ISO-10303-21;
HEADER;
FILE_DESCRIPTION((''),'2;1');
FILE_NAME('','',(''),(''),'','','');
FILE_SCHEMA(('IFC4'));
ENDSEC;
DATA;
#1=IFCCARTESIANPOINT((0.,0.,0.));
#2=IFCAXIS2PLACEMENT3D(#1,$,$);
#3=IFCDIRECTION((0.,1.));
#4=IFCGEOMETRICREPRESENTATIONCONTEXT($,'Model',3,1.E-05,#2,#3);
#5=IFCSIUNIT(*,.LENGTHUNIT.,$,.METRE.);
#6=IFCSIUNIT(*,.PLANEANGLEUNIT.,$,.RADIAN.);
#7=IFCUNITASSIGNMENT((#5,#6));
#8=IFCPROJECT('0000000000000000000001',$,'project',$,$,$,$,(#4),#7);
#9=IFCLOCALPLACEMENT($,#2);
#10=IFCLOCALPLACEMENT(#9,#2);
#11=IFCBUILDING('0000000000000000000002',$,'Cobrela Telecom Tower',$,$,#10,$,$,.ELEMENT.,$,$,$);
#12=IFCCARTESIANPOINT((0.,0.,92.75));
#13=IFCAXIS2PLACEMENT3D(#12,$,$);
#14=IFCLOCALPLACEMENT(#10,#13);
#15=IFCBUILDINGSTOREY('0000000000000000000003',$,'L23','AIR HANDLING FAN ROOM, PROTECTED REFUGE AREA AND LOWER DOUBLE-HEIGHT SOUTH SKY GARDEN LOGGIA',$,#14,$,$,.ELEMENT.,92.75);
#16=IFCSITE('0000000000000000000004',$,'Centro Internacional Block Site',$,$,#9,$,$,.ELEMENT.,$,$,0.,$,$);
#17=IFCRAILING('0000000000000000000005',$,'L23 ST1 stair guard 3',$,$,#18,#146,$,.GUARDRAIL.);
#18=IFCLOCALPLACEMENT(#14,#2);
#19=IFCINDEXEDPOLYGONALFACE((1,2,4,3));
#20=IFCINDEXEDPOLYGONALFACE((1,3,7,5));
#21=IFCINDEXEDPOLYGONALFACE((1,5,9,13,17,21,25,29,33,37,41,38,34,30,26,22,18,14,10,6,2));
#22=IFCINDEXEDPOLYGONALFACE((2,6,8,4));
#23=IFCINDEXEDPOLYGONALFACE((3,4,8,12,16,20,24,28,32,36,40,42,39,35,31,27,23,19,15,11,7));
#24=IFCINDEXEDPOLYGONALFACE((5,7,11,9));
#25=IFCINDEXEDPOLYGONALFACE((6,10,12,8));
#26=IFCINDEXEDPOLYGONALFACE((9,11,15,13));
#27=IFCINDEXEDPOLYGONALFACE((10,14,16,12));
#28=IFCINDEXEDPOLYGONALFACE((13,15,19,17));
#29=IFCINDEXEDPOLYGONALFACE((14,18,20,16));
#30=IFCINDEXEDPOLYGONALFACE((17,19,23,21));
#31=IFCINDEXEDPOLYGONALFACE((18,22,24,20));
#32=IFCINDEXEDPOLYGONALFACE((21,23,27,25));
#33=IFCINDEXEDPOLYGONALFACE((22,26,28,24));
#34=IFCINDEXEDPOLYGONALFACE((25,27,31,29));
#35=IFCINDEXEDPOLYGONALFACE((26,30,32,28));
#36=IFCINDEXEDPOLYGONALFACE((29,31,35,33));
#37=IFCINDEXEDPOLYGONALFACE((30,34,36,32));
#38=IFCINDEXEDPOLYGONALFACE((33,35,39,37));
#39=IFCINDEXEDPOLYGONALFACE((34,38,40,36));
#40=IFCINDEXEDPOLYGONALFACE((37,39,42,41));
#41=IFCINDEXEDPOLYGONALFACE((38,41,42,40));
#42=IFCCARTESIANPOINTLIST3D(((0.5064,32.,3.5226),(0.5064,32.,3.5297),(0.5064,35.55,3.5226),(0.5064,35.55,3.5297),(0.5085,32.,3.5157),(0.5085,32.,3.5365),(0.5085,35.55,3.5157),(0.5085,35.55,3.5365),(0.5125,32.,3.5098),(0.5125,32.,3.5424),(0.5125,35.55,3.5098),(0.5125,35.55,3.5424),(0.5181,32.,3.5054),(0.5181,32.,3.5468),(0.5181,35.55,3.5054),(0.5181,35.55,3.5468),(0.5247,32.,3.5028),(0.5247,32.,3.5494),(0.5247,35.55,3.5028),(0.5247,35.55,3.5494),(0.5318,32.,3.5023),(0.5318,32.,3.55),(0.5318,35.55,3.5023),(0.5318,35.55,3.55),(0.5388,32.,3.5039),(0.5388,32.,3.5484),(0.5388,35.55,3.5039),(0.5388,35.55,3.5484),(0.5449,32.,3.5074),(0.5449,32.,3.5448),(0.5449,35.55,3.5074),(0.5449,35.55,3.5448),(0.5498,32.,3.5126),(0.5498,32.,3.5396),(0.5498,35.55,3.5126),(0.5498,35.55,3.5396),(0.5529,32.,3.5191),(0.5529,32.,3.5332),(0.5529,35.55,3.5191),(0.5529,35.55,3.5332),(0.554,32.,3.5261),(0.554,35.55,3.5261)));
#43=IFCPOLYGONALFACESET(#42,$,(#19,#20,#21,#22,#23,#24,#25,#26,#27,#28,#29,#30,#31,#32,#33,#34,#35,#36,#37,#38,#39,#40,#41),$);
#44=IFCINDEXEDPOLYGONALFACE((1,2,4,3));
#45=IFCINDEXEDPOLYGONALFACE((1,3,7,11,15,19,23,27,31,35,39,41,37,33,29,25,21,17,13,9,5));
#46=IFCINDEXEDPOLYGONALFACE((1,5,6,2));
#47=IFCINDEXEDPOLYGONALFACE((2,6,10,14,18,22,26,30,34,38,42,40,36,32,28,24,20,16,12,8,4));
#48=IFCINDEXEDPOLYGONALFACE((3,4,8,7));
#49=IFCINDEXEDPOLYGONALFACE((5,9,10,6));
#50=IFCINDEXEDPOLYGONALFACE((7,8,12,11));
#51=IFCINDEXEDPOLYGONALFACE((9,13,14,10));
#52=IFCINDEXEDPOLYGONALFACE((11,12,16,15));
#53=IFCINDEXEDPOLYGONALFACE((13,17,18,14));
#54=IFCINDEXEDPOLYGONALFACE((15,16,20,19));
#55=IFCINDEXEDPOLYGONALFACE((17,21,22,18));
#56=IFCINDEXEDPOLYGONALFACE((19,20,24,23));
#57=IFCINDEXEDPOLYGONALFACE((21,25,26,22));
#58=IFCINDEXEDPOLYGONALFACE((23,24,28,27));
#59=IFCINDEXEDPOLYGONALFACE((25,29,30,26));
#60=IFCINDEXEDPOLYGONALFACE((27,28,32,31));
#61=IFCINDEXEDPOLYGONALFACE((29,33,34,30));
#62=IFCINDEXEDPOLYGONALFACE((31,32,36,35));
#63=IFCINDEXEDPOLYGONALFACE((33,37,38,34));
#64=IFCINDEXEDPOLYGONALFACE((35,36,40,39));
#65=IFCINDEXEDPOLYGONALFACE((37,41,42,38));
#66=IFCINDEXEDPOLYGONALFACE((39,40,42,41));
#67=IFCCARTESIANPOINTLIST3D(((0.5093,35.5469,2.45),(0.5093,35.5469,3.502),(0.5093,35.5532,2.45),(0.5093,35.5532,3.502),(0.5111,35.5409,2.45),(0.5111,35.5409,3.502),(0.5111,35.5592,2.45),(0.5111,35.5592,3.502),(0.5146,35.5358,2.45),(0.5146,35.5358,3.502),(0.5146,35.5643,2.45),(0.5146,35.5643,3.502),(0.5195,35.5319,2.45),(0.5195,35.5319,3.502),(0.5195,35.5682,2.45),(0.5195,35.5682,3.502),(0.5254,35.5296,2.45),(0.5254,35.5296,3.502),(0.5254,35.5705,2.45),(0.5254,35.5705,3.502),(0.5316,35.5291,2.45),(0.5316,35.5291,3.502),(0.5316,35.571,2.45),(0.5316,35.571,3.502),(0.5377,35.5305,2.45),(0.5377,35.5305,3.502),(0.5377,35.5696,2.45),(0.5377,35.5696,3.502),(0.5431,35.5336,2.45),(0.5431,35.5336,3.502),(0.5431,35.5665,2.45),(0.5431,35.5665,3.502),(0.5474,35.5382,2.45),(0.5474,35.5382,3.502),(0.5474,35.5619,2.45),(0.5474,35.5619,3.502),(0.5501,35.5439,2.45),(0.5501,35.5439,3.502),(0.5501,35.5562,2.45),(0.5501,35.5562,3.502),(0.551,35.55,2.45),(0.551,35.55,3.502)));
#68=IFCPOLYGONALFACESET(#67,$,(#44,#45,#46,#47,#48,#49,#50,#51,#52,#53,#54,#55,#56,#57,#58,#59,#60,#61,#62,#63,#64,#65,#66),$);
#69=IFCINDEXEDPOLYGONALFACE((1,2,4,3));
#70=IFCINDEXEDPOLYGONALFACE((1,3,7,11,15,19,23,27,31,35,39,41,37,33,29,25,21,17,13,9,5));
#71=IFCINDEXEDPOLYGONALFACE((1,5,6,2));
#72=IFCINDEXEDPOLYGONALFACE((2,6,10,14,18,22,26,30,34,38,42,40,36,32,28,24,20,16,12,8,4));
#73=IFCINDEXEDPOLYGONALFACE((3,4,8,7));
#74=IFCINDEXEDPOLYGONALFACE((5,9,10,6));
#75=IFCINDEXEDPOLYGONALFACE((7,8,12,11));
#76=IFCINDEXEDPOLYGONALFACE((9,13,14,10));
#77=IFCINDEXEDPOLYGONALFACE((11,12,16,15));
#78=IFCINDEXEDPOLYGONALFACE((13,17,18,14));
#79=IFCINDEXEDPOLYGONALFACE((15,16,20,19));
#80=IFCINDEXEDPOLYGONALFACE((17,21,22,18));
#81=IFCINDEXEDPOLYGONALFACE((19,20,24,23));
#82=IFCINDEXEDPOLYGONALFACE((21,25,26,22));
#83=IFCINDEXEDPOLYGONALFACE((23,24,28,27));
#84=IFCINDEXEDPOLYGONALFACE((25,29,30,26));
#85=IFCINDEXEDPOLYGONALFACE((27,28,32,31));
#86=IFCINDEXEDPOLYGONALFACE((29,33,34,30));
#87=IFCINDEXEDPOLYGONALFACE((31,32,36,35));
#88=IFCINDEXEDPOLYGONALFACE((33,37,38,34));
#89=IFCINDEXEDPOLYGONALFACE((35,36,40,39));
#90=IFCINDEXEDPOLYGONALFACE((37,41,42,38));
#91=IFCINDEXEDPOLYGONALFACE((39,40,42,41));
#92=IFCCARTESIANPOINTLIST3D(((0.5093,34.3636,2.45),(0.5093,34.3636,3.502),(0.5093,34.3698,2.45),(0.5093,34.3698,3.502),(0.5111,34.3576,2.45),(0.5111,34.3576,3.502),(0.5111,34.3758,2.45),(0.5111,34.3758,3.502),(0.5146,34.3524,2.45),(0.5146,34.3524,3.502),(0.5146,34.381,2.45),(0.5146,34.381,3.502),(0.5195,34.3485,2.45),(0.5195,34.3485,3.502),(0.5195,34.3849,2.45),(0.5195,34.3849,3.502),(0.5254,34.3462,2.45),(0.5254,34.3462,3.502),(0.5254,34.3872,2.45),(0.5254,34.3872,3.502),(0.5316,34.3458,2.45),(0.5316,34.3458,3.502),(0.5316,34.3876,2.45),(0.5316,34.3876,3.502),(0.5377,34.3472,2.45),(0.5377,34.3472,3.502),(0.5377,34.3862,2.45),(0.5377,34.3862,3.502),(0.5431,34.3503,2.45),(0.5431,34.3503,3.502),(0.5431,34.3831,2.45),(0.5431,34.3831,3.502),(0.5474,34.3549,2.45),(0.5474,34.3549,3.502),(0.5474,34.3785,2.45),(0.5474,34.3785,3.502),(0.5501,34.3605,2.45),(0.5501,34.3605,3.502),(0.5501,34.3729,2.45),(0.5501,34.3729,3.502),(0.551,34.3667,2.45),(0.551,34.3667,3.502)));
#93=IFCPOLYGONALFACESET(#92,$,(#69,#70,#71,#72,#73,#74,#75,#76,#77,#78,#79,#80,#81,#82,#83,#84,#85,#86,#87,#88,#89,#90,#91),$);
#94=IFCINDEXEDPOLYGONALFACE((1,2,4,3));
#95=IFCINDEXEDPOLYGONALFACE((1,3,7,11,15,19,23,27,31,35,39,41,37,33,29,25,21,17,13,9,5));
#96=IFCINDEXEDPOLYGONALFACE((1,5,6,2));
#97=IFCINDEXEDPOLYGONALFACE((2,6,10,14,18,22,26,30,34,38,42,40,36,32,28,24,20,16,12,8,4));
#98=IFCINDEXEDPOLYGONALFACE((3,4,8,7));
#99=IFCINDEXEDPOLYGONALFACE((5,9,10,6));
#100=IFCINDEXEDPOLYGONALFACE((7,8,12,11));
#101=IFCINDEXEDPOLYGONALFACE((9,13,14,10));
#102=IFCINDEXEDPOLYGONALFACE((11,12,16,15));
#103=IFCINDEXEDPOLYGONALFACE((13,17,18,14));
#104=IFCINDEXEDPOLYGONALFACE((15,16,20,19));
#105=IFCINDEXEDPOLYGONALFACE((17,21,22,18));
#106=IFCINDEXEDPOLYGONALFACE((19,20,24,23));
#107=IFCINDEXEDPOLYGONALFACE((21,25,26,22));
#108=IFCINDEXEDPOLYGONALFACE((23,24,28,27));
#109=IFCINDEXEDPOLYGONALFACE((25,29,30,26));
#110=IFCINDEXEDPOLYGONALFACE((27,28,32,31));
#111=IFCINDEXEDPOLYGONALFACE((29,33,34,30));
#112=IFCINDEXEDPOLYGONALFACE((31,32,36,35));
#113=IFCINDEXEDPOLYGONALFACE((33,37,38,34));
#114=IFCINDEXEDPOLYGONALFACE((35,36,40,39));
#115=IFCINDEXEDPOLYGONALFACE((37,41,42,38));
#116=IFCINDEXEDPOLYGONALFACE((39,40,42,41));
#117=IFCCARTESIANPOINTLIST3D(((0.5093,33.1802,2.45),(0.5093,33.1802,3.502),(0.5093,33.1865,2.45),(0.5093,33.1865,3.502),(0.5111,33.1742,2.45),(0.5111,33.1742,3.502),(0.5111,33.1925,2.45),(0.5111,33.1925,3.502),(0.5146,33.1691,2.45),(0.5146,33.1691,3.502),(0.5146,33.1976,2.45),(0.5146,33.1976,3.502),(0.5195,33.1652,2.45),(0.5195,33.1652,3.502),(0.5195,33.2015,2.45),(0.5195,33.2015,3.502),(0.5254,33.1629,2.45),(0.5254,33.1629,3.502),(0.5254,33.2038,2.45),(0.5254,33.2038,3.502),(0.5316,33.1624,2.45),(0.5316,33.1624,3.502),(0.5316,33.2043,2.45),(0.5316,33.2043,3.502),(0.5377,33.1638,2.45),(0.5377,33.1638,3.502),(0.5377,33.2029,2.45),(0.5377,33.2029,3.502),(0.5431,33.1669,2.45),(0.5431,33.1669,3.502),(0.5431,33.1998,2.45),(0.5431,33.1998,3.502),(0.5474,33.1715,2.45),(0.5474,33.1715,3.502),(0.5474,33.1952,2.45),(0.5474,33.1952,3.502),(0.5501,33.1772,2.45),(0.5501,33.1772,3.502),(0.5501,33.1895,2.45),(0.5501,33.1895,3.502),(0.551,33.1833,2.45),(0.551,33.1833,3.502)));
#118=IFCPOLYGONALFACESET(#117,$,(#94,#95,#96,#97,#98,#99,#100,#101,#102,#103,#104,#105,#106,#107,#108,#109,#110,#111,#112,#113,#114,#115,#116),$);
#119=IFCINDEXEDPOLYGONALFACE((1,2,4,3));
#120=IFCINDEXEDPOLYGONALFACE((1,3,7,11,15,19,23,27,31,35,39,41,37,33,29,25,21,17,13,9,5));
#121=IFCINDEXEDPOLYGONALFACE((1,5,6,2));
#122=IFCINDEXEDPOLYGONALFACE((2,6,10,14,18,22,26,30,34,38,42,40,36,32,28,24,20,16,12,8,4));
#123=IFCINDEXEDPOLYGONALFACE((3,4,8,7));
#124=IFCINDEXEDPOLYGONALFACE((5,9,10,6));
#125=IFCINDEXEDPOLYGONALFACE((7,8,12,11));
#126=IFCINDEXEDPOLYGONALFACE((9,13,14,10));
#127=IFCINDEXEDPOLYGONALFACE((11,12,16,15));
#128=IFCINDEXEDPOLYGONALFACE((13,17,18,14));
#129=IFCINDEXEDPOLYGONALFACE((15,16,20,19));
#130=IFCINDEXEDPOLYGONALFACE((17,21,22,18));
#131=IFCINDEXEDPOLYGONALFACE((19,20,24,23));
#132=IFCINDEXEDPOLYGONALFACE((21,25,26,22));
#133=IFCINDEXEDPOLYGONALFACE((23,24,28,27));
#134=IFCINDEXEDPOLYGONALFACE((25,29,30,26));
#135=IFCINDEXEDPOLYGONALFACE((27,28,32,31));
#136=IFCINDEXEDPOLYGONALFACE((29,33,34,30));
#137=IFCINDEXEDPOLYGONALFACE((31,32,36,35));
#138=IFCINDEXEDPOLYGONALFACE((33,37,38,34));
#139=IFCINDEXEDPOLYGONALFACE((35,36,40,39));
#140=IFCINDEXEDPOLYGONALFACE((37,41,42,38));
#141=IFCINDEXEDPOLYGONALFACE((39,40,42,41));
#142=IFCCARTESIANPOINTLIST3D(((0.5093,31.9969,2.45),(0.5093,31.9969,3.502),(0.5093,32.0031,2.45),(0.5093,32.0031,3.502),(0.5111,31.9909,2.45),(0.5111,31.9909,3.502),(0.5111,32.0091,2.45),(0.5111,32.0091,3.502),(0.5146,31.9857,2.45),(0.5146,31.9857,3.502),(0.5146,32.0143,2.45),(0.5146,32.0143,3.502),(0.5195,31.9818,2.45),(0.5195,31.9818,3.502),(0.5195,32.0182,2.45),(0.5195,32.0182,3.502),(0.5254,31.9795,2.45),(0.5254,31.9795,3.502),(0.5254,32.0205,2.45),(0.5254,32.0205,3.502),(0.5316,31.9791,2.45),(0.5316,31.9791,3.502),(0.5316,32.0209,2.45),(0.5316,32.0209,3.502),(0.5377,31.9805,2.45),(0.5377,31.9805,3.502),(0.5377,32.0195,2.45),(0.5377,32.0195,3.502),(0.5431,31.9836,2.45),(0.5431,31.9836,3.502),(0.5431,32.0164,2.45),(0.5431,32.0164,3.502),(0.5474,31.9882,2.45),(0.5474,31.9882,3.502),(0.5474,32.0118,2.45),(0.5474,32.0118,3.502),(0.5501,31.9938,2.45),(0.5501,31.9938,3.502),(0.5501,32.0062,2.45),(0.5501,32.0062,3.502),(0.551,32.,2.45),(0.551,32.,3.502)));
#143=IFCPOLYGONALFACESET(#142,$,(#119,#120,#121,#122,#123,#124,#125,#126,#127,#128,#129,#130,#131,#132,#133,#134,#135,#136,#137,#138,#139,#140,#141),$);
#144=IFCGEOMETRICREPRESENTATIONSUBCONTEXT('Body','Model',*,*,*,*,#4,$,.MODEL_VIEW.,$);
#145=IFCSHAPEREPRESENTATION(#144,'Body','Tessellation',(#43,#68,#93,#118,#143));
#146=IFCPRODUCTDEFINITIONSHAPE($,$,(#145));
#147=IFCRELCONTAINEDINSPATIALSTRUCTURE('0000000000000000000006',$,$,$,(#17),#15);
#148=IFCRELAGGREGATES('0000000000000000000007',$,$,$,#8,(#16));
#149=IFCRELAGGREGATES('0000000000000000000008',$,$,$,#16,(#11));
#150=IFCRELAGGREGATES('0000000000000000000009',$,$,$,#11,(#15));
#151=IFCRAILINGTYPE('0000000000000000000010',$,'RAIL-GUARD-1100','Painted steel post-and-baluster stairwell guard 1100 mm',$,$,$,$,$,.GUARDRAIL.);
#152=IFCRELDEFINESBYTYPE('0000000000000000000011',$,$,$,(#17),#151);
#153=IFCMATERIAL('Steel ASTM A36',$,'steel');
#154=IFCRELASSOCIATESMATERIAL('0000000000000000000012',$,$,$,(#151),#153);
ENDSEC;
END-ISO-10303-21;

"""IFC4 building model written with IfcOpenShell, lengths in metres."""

from ifc_helpers import new_model, si_unit, direction, frame, origin, origin_2d, place, context, subcontext, project, spatial, circle, extrude, material, type_object, element, save


model = new_model("IFC4")

# Units and contexts
model_context = context("Model", 3, precision=1e-05, world=origin(), true_north=direction((0.0, 1.0)))
body_context = subcontext(model_context, "Body", "Model", "MODEL_VIEW")
ifc_project = project(units=[si_unit("LENGTHUNIT", "METRE"), si_unit("PLANEANGLEUNIT", "RADIAN")], contexts=[model_context])

# Site, building, storey
site_placement = place(None, origin())
site = spatial("IfcSite", under=ifc_project, at=site_placement, Name="Centro Internacional Block Site", CompositionType="ELEMENT", RefElevation=0.0)
building_placement = place(site_placement, origin())
building = spatial("IfcBuilding", under=site, at=building_placement, Name="Cobrela Telecom Tower", CompositionType="ELEMENT")
storey_placement = place(building_placement, frame((0.0, 0.0, 92.75)))
storey = spatial("IfcBuildingStorey", under=building, at=storey_placement, Name="L23", Description="AIR HANDLING FAN ROOM, PROTECTED REFUGE AREA AND LOWER DOUBLE-HEIGHT SOUTH SKY GARDEN LOGGIA", CompositionType="ELEMENT", Elevation=92.75)

# Railing
ifc_material_1 = material(Name="Steel ASTM A36", Category="steel")
railing_type_1 = type_object("IfcRailingType", Name="RAIL-GUARD-1100", Description="Painted steel post-and-baluster stairwell guard 1100 mm", PredefinedType="GUARDRAIL", material=ifc_material_1)
railing_1_placement = place(storey_placement, frame((0.53, 35.55, 2.45)))
element("IfcRailing", 1, at=railing_1_placement, inside=storey, type_object=railing_type_1, Name="L23 ST1 stair guard 3", PredefinedType="GUARDRAIL", context=body_context, shape_type="SweptSolid", body=[
    extrude(circle(Radius=0.0239, at=origin_2d()), frame((0.0, 0.0, 1.0762), z_axis=(0.0, -1.0, 0.0), x_axis=(1.0, 0.0, 0.0)), (0.0, 0.0, 1.0), 3.55),
    extrude(circle(Radius=0.021, at=origin_2d()), origin(), (0.0, 0.0, 1.0), 1.052),
    extrude(circle(Radius=0.021, at=origin_2d()), frame((0.0, -1.1833, 0.0)), (0.0, 0.0, 1.0), 1.052),
    extrude(circle(Radius=0.021, at=origin_2d()), frame((0.0, -2.3667, 0.0)), (0.0, 0.0, 1.0), 1.052),
    extrude(circle(Radius=0.021, at=origin_2d()), frame((0.0, -3.55, 0.0)), (0.0, 0.0, 1.0), 1.052),
])

save(model, "model.ifc")
